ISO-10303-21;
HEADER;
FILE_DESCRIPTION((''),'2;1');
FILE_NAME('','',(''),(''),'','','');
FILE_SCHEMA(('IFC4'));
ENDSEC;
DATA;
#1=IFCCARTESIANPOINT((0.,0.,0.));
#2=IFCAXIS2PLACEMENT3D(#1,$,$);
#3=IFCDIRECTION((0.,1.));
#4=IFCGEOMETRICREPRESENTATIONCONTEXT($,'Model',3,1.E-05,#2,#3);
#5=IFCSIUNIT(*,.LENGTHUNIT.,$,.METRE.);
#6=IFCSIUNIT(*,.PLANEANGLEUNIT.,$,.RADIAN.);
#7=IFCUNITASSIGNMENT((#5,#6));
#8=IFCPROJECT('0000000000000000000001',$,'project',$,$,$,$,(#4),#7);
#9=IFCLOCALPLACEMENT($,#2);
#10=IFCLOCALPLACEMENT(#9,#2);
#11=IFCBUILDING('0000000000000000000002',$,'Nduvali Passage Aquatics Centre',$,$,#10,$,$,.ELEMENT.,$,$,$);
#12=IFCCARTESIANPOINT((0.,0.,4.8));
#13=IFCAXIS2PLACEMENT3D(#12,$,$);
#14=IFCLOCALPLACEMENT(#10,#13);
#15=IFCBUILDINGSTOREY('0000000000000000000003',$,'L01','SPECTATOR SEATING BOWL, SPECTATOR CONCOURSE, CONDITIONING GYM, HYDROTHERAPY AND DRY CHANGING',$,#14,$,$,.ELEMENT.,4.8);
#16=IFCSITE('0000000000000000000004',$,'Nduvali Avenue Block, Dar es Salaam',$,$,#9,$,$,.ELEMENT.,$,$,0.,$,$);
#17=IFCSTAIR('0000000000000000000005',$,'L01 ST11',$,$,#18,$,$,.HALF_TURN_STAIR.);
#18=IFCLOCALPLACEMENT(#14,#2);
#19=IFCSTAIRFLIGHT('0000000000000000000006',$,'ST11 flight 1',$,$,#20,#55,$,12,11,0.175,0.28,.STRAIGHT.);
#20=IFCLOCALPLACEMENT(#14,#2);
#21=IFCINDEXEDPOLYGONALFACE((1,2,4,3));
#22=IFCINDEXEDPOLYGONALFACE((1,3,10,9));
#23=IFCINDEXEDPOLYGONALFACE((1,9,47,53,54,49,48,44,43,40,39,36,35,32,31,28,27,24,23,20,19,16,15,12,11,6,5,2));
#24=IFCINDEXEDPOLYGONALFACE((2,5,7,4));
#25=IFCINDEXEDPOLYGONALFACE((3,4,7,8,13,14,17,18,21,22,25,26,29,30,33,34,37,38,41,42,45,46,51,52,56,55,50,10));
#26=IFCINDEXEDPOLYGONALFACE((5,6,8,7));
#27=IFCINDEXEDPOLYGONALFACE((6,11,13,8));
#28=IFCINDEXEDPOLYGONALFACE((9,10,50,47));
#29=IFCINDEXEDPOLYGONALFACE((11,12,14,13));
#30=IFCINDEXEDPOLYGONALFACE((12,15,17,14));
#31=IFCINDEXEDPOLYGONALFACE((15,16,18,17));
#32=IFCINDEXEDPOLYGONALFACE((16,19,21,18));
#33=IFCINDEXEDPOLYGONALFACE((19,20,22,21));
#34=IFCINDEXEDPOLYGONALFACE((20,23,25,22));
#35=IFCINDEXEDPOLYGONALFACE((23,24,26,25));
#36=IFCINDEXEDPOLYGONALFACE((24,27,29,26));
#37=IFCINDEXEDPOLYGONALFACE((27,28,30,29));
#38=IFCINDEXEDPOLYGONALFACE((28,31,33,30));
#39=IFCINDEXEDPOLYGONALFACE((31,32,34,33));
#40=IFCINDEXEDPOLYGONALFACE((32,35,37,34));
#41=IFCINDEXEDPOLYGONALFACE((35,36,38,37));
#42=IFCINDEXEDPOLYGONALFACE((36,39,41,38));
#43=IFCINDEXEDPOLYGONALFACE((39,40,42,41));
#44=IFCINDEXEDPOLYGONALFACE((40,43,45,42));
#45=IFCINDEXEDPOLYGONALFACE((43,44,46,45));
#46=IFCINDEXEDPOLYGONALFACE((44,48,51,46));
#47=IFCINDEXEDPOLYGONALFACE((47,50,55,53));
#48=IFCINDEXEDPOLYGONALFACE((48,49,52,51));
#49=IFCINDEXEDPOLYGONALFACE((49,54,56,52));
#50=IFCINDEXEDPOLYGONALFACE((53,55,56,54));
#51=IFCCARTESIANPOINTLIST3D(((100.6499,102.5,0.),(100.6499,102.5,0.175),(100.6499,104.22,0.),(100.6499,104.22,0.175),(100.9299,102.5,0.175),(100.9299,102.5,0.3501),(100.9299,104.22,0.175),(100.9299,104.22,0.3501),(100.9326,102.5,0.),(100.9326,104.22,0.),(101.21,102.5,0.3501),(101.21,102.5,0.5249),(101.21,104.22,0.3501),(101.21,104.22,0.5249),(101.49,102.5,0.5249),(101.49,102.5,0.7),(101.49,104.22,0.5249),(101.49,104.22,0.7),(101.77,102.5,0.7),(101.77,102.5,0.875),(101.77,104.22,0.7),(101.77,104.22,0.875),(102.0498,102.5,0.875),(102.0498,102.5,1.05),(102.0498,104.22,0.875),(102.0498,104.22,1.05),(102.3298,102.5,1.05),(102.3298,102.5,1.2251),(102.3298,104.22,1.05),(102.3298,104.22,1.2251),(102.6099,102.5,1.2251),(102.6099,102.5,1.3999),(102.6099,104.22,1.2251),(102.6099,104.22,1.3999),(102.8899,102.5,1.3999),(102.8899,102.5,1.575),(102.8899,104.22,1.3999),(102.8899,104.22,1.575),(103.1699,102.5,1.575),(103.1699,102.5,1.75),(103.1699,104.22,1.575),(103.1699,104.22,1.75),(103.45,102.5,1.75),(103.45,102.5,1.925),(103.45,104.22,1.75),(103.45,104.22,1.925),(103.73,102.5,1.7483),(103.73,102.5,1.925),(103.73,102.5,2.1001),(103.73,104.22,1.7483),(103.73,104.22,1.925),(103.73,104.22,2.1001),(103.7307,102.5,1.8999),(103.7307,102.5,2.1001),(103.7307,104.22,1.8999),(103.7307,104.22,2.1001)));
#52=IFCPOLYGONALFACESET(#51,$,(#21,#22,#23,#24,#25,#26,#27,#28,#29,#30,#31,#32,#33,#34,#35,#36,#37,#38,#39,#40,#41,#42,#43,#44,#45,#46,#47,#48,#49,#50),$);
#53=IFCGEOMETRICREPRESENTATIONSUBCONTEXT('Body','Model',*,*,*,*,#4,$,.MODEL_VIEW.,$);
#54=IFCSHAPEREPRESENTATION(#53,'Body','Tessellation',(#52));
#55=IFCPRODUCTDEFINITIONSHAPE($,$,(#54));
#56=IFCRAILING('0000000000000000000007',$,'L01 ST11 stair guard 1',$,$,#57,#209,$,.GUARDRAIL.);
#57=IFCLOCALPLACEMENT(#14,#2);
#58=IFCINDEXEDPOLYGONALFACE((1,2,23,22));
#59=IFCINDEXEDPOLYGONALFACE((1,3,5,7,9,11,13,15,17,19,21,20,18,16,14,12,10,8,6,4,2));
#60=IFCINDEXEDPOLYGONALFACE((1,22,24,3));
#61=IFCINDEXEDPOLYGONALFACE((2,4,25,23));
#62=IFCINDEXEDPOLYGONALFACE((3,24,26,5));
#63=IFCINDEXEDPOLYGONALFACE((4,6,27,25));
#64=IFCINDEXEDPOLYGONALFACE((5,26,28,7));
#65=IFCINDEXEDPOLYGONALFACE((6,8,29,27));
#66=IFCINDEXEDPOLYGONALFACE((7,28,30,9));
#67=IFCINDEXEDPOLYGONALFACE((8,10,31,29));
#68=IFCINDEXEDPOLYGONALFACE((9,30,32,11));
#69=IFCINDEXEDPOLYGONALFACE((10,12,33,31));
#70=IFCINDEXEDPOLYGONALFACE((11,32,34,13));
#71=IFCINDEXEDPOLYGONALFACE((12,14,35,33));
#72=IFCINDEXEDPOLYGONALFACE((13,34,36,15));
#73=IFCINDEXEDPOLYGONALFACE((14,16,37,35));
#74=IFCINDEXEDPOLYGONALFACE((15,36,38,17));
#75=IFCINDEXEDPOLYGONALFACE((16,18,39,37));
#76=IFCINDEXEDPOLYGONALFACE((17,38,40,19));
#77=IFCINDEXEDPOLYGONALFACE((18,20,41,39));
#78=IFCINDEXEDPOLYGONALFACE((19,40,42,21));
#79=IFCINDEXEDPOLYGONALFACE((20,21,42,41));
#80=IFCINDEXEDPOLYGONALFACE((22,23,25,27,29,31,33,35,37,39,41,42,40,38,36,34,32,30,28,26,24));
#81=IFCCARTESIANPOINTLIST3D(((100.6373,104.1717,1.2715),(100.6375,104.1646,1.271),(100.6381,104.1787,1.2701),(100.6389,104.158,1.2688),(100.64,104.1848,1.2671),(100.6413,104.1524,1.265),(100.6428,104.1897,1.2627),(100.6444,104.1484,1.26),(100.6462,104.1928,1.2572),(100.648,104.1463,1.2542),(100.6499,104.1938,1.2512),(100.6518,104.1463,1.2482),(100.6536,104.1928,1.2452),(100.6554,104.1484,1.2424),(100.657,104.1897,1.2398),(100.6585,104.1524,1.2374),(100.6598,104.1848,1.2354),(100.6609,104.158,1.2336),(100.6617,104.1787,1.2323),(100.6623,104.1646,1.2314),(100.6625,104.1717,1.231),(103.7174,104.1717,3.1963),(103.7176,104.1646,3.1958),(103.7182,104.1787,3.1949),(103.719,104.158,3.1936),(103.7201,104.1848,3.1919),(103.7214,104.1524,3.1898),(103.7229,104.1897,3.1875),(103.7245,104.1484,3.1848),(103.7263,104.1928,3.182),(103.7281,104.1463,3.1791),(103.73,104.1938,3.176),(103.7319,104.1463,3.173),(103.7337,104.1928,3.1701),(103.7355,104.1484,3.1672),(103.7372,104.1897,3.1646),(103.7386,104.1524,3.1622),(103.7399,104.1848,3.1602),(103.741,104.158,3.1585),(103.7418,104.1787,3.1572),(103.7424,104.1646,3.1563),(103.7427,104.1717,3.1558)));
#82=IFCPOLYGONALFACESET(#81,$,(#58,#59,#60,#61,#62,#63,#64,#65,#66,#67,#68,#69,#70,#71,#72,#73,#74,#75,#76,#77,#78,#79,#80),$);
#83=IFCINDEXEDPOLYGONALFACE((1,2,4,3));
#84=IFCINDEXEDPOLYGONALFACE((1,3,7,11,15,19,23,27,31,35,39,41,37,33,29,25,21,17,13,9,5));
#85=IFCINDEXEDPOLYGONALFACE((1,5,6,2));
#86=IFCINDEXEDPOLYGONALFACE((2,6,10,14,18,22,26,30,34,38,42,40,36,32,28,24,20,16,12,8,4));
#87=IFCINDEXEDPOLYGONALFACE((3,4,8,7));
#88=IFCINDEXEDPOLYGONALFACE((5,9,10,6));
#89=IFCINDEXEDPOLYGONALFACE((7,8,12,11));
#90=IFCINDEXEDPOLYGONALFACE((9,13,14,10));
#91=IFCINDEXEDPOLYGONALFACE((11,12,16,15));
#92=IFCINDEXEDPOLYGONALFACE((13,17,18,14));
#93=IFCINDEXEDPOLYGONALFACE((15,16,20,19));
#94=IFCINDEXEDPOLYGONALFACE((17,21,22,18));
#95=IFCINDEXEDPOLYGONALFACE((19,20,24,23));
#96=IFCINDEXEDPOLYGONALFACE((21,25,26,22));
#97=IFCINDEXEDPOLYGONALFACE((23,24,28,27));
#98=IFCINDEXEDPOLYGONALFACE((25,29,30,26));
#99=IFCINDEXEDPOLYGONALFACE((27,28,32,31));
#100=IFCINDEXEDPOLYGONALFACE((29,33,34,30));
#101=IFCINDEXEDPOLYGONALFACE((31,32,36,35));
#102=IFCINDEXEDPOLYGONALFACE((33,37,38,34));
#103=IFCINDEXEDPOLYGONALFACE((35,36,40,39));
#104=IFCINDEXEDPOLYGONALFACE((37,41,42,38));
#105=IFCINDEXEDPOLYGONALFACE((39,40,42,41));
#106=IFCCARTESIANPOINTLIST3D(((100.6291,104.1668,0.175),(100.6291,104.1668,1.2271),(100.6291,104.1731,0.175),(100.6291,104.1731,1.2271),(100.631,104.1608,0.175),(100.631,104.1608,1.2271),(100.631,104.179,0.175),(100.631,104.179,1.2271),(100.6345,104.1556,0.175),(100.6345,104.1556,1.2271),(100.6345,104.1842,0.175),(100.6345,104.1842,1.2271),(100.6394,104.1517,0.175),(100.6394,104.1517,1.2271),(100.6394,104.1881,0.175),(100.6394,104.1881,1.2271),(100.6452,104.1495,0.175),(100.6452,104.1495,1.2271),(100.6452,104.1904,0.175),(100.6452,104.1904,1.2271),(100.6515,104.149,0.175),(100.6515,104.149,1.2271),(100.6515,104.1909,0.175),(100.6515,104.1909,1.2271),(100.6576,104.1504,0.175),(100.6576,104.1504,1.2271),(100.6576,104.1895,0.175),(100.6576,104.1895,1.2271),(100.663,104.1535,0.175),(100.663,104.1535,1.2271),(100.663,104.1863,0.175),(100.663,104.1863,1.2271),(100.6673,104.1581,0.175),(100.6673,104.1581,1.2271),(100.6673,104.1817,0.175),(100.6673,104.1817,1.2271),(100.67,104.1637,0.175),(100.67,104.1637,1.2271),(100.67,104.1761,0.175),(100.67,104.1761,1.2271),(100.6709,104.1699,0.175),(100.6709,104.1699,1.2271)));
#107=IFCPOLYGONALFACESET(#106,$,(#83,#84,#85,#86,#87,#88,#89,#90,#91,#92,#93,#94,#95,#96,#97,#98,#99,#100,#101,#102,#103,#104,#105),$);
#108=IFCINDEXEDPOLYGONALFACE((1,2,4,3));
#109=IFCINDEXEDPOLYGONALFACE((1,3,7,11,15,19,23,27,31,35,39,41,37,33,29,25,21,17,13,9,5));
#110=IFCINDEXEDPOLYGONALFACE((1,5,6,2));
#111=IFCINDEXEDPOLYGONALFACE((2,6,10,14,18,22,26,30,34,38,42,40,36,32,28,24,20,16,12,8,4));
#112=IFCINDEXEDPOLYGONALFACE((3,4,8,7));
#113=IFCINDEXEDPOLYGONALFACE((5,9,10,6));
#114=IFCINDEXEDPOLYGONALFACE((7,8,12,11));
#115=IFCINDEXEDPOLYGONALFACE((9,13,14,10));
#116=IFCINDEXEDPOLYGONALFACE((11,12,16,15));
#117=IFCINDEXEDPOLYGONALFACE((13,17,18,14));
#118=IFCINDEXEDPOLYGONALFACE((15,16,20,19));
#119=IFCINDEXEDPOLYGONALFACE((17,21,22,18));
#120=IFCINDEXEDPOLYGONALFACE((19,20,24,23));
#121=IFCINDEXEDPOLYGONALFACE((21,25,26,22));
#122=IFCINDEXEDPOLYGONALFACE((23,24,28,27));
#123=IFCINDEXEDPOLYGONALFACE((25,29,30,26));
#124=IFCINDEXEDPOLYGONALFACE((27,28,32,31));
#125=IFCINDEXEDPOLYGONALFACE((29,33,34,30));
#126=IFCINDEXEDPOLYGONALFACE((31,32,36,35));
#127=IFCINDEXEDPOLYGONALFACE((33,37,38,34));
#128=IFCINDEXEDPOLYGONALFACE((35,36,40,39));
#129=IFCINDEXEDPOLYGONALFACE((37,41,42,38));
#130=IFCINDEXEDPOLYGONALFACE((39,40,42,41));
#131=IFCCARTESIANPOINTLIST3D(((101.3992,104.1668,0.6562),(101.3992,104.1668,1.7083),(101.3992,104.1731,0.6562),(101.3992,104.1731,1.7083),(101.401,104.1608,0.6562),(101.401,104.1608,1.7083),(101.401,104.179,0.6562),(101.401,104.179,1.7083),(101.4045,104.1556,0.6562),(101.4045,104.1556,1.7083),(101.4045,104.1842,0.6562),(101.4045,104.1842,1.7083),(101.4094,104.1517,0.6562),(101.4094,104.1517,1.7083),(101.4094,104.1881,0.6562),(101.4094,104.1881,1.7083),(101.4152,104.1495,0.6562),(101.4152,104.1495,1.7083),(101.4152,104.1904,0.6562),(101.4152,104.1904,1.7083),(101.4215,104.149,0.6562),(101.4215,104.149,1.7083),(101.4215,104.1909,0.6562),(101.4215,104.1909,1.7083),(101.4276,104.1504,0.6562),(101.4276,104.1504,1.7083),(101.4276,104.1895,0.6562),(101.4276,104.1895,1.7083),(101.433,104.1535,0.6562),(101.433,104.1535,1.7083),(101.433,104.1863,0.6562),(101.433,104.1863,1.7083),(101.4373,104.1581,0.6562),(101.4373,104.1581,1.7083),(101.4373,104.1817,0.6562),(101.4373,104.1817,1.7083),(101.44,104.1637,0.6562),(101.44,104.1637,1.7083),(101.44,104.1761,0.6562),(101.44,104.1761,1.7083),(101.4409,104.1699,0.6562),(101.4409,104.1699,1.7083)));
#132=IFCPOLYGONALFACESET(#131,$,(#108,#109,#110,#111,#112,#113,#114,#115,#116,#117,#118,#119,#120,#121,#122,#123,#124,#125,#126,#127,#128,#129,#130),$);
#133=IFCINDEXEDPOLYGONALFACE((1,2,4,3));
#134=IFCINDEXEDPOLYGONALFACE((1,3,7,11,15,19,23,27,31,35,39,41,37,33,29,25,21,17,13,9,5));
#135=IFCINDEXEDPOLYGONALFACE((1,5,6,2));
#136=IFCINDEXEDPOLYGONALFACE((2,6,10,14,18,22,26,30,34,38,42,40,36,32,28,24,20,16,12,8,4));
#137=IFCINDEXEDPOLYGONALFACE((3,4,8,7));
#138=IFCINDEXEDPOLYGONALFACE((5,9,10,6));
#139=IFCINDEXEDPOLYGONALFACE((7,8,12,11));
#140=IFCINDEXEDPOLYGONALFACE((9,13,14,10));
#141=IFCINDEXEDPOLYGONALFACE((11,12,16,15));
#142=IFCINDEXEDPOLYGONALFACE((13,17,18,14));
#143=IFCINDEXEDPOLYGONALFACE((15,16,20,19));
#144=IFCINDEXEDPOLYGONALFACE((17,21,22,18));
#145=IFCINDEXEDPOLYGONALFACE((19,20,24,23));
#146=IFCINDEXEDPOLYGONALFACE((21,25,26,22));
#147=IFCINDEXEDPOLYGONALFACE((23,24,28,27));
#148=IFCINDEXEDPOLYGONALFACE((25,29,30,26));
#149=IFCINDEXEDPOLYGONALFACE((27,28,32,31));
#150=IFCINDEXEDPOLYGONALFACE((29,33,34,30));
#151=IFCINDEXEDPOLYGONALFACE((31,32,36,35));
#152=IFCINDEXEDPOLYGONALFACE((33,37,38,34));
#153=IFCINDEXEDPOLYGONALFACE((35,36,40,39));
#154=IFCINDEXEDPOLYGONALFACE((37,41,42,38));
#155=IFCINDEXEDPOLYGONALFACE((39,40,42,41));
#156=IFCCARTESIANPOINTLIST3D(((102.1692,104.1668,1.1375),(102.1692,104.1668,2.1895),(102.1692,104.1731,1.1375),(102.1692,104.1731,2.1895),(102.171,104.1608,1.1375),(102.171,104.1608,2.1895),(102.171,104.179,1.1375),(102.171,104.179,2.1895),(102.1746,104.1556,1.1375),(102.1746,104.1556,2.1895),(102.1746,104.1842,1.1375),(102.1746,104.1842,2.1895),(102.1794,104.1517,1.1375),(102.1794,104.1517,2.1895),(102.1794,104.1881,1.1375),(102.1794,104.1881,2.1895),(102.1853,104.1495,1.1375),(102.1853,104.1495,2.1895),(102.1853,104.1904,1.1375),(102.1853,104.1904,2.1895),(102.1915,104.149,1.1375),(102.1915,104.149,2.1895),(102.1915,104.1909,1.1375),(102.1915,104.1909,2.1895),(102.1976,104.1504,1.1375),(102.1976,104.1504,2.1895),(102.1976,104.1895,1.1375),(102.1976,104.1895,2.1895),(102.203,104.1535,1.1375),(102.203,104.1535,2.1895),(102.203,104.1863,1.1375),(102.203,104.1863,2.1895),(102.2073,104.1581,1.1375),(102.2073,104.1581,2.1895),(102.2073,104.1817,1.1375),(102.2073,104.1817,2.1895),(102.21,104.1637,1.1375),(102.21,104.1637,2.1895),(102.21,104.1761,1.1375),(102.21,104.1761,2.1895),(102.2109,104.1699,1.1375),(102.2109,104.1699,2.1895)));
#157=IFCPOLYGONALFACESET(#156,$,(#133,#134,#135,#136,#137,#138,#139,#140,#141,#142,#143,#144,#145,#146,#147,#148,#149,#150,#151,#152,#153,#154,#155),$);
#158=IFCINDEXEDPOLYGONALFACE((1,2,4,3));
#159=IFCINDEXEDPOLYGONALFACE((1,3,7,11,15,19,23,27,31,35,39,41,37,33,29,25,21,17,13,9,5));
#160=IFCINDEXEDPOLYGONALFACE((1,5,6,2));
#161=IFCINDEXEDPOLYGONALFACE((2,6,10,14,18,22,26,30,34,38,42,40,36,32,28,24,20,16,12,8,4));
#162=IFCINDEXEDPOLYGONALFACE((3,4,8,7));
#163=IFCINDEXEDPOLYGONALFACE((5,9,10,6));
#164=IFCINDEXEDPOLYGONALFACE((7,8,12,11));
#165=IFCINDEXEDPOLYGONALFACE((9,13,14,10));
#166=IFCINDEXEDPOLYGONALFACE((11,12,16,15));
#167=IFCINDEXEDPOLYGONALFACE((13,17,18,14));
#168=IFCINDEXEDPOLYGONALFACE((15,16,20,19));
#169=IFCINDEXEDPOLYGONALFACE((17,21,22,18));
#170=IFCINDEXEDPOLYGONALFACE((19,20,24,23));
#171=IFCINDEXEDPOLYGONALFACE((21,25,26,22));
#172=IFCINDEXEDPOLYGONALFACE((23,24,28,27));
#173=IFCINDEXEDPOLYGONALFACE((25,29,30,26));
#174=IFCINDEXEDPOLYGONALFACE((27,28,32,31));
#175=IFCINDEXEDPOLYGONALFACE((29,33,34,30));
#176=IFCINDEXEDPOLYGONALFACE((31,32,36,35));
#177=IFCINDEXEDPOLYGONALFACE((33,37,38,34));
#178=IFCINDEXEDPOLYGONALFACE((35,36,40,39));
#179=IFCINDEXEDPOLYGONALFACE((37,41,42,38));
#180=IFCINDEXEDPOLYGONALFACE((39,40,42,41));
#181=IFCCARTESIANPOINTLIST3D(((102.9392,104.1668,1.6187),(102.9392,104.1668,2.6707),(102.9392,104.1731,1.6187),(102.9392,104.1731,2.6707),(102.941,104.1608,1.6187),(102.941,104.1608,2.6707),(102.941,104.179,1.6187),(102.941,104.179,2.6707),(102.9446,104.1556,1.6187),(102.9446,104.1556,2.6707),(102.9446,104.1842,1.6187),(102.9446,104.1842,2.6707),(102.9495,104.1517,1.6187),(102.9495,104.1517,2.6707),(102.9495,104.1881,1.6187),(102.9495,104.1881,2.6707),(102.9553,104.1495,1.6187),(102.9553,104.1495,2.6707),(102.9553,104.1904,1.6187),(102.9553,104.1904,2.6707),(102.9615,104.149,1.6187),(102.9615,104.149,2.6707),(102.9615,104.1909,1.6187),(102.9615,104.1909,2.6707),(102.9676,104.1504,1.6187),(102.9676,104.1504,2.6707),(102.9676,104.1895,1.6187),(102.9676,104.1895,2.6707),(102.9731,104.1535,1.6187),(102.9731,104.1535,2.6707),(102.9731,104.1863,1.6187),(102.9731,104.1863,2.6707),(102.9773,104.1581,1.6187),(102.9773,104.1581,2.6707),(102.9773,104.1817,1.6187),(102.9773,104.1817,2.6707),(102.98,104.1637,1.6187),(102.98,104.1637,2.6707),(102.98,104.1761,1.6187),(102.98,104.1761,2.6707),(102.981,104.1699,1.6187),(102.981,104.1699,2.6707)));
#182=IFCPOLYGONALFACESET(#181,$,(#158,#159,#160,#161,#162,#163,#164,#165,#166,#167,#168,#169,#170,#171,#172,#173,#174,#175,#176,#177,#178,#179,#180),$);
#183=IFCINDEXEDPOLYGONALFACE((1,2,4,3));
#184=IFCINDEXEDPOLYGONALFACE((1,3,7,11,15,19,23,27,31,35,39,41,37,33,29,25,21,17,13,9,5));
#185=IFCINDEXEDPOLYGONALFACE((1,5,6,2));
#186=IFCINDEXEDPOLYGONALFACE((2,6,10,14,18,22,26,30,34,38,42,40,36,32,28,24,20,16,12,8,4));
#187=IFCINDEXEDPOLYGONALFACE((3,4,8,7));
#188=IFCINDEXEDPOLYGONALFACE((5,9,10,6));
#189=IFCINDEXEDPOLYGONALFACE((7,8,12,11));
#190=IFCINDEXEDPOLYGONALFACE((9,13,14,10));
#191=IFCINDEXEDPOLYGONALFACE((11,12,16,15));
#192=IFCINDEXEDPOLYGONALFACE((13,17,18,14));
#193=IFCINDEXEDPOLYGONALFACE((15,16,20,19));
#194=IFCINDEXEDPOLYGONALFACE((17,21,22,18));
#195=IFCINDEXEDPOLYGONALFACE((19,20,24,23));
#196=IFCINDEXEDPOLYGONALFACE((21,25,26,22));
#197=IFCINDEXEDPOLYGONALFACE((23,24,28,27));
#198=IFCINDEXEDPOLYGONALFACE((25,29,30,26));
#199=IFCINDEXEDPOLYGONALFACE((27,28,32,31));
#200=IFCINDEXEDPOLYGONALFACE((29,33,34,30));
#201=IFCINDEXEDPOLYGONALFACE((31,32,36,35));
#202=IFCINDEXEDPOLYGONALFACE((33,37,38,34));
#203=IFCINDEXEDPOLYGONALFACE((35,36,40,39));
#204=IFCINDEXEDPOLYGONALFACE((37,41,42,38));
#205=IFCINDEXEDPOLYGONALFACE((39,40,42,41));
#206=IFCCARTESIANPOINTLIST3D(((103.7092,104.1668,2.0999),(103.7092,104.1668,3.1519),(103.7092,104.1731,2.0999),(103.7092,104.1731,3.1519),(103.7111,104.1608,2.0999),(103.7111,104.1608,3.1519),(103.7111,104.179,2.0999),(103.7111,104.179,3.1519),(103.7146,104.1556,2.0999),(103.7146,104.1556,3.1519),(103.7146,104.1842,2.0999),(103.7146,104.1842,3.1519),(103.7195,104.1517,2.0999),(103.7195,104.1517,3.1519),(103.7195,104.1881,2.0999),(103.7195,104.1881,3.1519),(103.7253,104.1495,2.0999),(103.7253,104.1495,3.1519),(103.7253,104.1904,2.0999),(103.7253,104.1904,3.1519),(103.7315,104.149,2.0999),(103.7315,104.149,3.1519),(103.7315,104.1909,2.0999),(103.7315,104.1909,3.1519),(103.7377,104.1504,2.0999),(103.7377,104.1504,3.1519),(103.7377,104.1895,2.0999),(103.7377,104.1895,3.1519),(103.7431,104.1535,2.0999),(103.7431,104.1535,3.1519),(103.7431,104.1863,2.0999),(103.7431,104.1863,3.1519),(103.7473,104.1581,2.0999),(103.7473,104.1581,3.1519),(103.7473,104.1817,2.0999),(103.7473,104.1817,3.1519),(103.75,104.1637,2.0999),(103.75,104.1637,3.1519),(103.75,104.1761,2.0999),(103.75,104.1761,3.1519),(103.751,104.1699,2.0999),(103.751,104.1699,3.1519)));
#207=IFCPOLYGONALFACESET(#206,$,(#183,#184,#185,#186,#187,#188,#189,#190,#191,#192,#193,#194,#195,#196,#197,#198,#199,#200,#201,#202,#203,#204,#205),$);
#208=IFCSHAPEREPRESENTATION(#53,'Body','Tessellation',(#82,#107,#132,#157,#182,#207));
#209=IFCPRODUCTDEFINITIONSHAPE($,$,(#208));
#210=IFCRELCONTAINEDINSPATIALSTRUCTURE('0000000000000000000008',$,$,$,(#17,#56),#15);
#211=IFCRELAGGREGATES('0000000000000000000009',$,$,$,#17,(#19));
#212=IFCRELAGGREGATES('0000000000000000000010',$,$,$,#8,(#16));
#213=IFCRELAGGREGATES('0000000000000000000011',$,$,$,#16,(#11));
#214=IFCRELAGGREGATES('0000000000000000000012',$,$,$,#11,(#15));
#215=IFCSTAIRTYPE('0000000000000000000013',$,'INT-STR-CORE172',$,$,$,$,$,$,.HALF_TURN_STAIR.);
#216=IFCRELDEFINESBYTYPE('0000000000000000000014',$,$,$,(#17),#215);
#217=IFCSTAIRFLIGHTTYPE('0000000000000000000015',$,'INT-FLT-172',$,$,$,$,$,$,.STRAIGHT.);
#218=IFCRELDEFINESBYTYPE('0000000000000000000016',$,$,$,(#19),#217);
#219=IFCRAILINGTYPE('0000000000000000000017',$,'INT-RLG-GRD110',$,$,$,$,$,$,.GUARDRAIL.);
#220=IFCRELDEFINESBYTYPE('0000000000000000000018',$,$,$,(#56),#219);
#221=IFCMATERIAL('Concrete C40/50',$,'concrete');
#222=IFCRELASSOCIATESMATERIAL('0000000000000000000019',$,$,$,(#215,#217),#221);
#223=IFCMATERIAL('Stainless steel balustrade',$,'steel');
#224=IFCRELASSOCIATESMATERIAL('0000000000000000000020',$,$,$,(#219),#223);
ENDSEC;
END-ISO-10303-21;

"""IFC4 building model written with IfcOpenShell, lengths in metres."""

from ifc_helpers import new_model, si_unit, direction, frame, origin, origin_2d, place, context, subcontext, project, spatial, polyline, circle, outline, extrude, material, type_object, element, aggregate, save


model = new_model("IFC4")

# Units and contexts
model_context = context("Model", 3, precision=1e-05, world=origin(), true_north=direction((0.0, 1.0)))
body_context = subcontext(model_context, "Body", "Model", "MODEL_VIEW")
ifc_project = project(units=[si_unit("LENGTHUNIT", "METRE"), si_unit("PLANEANGLEUNIT", "RADIAN")], contexts=[model_context])

# Site, building, storey
site_placement = place(None, origin())
site = spatial("IfcSite", under=ifc_project, at=site_placement, Name="Nduvali Avenue Block, Dar es Salaam", CompositionType="ELEMENT", RefElevation=0.0)
building_placement = place(site_placement, origin())
building = spatial("IfcBuilding", under=site, at=building_placement, Name="Nduvali Passage Aquatics Centre", CompositionType="ELEMENT")
storey_placement = place(building_placement, frame((0.0, 0.0, 4.8)))
storey = spatial("IfcBuildingStorey", under=building, at=storey_placement, Name="L01", Description="SPECTATOR SEATING BOWL, SPECTATOR CONCOURSE, CONDITIONING GYM, HYDROTHERAPY AND DRY CHANGING", CompositionType="ELEMENT", Elevation=4.8)

# Shared definitions
ifc_material_1 = material(Name="Concrete C40/50", Category="concrete")

# Stair, stair flight
stair_type = type_object("IfcStairType", Name="INT-STR-CORE172", PredefinedType="HALF_TURN_STAIR", material=ifc_material_1)
stair_placement = place(storey_placement, origin())
stair = element("IfcStair", 1, at=stair_placement, inside=storey, type_object=stair_type, Name="L01 ST11", PredefinedType="HALF_TURN_STAIR")
stair_flight_type = type_object("IfcStairFlightType", Name="INT-FLT-172", PredefinedType="STRAIGHT", material=ifc_material_1)
stair_flight_placement = place(storey_placement, frame((100.6499, 103.3601, 0.0), z_axis=(0.0, 0.0, 1.0), x_axis=(1.0, 0.0, 0.0)))
stair_flight = element("IfcStairFlight", 2, at=stair_flight_placement, type_object=stair_flight_type, Name="ST11 flight 1", NumberOfRisers=12, NumberOfTreads=11, PredefinedType="STRAIGHT", RiserHeight=0.175, TreadLength=0.28, context=body_context, shape_type="SweptSolid", body=[
    extrude(outline(polyline([(0.0, 0.0), (0.0, 0.175), (0.28, 0.175), (0.28, 0.3501), (0.5601, 0.3501), (0.5601, 0.5249), (0.8401, 0.5249), (0.8401, 0.7), (1.1201, 0.7), (1.1201, 0.875), (1.3999, 0.875), (1.3999, 1.05), (1.6799, 1.05), (1.6799, 1.2251), (1.96, 1.2251), (1.96, 1.3999), (2.24, 1.3999), (2.24, 1.575), (2.52, 1.575), (2.52, 1.75), (2.8, 1.75), (2.8, 1.925), (3.0801, 1.925), (3.0801, 2.1001), (3.0808, 2.1001), (3.0808, 1.8999), (3.0801, 1.7483), (0.2827, 0.0), (0.0, 0.0)])), frame((0.0, 0.8599, 0.0), z_axis=(0.0, -1.0, 0.0), x_axis=(1.0, 0.0, 0.0)), (0.0, 0.0, 1.0), 1.72),
])
aggregate(stair, [stair_flight])

# Railing
ifc_material_2 = material(Name="Stainless steel balustrade", Category="steel")
railing_type_1 = type_object("IfcRailingType", Name="INT-RLG-GRD110", PredefinedType="GUARDRAIL", material=ifc_material_2)
railing_1_placement = place(storey_placement, frame((100.6499, 104.1699, 0.175)))
element("IfcRailing", 3, at=railing_1_placement, inside=storey, type_object=railing_type_1, Name="L01 ST11 stair guard 1", PredefinedType="GUARDRAIL", context=body_context, shape_type="SweptSolid", body=[
    extrude(circle(Radius=0.0239, at=origin_2d()), frame((0.0, 0.0, 1.0762), z_axis=(0.848029, 0.0, 0.529951), x_axis=(0.0, 1.0, 0.0)), (0.0, 0.0, 1.0), 3.6321),
    extrude(circle(Radius=0.021, at=origin_2d()), origin(), (0.0, 0.0, 1.0), 1.052),
    extrude(circle(Radius=0.021, at=origin_2d()), frame((0.77, 0.0, 0.4812)), (0.0, 0.0, 1.0), 1.052),
    extrude(circle(Radius=0.021, at=origin_2d()), frame((1.54, 0.0, 0.9624)), (0.0, 0.0, 1.0), 1.052),
    extrude(circle(Radius=0.021, at=origin_2d()), frame((2.3101, 0.0, 1.4436)), (0.0, 0.0, 1.0), 1.052),
    extrude(circle(Radius=0.021, at=origin_2d()), frame((3.0801, 0.0, 1.9248)), (0.0, 0.0, 1.0), 1.052),
])

save(model, "model.ifc")
